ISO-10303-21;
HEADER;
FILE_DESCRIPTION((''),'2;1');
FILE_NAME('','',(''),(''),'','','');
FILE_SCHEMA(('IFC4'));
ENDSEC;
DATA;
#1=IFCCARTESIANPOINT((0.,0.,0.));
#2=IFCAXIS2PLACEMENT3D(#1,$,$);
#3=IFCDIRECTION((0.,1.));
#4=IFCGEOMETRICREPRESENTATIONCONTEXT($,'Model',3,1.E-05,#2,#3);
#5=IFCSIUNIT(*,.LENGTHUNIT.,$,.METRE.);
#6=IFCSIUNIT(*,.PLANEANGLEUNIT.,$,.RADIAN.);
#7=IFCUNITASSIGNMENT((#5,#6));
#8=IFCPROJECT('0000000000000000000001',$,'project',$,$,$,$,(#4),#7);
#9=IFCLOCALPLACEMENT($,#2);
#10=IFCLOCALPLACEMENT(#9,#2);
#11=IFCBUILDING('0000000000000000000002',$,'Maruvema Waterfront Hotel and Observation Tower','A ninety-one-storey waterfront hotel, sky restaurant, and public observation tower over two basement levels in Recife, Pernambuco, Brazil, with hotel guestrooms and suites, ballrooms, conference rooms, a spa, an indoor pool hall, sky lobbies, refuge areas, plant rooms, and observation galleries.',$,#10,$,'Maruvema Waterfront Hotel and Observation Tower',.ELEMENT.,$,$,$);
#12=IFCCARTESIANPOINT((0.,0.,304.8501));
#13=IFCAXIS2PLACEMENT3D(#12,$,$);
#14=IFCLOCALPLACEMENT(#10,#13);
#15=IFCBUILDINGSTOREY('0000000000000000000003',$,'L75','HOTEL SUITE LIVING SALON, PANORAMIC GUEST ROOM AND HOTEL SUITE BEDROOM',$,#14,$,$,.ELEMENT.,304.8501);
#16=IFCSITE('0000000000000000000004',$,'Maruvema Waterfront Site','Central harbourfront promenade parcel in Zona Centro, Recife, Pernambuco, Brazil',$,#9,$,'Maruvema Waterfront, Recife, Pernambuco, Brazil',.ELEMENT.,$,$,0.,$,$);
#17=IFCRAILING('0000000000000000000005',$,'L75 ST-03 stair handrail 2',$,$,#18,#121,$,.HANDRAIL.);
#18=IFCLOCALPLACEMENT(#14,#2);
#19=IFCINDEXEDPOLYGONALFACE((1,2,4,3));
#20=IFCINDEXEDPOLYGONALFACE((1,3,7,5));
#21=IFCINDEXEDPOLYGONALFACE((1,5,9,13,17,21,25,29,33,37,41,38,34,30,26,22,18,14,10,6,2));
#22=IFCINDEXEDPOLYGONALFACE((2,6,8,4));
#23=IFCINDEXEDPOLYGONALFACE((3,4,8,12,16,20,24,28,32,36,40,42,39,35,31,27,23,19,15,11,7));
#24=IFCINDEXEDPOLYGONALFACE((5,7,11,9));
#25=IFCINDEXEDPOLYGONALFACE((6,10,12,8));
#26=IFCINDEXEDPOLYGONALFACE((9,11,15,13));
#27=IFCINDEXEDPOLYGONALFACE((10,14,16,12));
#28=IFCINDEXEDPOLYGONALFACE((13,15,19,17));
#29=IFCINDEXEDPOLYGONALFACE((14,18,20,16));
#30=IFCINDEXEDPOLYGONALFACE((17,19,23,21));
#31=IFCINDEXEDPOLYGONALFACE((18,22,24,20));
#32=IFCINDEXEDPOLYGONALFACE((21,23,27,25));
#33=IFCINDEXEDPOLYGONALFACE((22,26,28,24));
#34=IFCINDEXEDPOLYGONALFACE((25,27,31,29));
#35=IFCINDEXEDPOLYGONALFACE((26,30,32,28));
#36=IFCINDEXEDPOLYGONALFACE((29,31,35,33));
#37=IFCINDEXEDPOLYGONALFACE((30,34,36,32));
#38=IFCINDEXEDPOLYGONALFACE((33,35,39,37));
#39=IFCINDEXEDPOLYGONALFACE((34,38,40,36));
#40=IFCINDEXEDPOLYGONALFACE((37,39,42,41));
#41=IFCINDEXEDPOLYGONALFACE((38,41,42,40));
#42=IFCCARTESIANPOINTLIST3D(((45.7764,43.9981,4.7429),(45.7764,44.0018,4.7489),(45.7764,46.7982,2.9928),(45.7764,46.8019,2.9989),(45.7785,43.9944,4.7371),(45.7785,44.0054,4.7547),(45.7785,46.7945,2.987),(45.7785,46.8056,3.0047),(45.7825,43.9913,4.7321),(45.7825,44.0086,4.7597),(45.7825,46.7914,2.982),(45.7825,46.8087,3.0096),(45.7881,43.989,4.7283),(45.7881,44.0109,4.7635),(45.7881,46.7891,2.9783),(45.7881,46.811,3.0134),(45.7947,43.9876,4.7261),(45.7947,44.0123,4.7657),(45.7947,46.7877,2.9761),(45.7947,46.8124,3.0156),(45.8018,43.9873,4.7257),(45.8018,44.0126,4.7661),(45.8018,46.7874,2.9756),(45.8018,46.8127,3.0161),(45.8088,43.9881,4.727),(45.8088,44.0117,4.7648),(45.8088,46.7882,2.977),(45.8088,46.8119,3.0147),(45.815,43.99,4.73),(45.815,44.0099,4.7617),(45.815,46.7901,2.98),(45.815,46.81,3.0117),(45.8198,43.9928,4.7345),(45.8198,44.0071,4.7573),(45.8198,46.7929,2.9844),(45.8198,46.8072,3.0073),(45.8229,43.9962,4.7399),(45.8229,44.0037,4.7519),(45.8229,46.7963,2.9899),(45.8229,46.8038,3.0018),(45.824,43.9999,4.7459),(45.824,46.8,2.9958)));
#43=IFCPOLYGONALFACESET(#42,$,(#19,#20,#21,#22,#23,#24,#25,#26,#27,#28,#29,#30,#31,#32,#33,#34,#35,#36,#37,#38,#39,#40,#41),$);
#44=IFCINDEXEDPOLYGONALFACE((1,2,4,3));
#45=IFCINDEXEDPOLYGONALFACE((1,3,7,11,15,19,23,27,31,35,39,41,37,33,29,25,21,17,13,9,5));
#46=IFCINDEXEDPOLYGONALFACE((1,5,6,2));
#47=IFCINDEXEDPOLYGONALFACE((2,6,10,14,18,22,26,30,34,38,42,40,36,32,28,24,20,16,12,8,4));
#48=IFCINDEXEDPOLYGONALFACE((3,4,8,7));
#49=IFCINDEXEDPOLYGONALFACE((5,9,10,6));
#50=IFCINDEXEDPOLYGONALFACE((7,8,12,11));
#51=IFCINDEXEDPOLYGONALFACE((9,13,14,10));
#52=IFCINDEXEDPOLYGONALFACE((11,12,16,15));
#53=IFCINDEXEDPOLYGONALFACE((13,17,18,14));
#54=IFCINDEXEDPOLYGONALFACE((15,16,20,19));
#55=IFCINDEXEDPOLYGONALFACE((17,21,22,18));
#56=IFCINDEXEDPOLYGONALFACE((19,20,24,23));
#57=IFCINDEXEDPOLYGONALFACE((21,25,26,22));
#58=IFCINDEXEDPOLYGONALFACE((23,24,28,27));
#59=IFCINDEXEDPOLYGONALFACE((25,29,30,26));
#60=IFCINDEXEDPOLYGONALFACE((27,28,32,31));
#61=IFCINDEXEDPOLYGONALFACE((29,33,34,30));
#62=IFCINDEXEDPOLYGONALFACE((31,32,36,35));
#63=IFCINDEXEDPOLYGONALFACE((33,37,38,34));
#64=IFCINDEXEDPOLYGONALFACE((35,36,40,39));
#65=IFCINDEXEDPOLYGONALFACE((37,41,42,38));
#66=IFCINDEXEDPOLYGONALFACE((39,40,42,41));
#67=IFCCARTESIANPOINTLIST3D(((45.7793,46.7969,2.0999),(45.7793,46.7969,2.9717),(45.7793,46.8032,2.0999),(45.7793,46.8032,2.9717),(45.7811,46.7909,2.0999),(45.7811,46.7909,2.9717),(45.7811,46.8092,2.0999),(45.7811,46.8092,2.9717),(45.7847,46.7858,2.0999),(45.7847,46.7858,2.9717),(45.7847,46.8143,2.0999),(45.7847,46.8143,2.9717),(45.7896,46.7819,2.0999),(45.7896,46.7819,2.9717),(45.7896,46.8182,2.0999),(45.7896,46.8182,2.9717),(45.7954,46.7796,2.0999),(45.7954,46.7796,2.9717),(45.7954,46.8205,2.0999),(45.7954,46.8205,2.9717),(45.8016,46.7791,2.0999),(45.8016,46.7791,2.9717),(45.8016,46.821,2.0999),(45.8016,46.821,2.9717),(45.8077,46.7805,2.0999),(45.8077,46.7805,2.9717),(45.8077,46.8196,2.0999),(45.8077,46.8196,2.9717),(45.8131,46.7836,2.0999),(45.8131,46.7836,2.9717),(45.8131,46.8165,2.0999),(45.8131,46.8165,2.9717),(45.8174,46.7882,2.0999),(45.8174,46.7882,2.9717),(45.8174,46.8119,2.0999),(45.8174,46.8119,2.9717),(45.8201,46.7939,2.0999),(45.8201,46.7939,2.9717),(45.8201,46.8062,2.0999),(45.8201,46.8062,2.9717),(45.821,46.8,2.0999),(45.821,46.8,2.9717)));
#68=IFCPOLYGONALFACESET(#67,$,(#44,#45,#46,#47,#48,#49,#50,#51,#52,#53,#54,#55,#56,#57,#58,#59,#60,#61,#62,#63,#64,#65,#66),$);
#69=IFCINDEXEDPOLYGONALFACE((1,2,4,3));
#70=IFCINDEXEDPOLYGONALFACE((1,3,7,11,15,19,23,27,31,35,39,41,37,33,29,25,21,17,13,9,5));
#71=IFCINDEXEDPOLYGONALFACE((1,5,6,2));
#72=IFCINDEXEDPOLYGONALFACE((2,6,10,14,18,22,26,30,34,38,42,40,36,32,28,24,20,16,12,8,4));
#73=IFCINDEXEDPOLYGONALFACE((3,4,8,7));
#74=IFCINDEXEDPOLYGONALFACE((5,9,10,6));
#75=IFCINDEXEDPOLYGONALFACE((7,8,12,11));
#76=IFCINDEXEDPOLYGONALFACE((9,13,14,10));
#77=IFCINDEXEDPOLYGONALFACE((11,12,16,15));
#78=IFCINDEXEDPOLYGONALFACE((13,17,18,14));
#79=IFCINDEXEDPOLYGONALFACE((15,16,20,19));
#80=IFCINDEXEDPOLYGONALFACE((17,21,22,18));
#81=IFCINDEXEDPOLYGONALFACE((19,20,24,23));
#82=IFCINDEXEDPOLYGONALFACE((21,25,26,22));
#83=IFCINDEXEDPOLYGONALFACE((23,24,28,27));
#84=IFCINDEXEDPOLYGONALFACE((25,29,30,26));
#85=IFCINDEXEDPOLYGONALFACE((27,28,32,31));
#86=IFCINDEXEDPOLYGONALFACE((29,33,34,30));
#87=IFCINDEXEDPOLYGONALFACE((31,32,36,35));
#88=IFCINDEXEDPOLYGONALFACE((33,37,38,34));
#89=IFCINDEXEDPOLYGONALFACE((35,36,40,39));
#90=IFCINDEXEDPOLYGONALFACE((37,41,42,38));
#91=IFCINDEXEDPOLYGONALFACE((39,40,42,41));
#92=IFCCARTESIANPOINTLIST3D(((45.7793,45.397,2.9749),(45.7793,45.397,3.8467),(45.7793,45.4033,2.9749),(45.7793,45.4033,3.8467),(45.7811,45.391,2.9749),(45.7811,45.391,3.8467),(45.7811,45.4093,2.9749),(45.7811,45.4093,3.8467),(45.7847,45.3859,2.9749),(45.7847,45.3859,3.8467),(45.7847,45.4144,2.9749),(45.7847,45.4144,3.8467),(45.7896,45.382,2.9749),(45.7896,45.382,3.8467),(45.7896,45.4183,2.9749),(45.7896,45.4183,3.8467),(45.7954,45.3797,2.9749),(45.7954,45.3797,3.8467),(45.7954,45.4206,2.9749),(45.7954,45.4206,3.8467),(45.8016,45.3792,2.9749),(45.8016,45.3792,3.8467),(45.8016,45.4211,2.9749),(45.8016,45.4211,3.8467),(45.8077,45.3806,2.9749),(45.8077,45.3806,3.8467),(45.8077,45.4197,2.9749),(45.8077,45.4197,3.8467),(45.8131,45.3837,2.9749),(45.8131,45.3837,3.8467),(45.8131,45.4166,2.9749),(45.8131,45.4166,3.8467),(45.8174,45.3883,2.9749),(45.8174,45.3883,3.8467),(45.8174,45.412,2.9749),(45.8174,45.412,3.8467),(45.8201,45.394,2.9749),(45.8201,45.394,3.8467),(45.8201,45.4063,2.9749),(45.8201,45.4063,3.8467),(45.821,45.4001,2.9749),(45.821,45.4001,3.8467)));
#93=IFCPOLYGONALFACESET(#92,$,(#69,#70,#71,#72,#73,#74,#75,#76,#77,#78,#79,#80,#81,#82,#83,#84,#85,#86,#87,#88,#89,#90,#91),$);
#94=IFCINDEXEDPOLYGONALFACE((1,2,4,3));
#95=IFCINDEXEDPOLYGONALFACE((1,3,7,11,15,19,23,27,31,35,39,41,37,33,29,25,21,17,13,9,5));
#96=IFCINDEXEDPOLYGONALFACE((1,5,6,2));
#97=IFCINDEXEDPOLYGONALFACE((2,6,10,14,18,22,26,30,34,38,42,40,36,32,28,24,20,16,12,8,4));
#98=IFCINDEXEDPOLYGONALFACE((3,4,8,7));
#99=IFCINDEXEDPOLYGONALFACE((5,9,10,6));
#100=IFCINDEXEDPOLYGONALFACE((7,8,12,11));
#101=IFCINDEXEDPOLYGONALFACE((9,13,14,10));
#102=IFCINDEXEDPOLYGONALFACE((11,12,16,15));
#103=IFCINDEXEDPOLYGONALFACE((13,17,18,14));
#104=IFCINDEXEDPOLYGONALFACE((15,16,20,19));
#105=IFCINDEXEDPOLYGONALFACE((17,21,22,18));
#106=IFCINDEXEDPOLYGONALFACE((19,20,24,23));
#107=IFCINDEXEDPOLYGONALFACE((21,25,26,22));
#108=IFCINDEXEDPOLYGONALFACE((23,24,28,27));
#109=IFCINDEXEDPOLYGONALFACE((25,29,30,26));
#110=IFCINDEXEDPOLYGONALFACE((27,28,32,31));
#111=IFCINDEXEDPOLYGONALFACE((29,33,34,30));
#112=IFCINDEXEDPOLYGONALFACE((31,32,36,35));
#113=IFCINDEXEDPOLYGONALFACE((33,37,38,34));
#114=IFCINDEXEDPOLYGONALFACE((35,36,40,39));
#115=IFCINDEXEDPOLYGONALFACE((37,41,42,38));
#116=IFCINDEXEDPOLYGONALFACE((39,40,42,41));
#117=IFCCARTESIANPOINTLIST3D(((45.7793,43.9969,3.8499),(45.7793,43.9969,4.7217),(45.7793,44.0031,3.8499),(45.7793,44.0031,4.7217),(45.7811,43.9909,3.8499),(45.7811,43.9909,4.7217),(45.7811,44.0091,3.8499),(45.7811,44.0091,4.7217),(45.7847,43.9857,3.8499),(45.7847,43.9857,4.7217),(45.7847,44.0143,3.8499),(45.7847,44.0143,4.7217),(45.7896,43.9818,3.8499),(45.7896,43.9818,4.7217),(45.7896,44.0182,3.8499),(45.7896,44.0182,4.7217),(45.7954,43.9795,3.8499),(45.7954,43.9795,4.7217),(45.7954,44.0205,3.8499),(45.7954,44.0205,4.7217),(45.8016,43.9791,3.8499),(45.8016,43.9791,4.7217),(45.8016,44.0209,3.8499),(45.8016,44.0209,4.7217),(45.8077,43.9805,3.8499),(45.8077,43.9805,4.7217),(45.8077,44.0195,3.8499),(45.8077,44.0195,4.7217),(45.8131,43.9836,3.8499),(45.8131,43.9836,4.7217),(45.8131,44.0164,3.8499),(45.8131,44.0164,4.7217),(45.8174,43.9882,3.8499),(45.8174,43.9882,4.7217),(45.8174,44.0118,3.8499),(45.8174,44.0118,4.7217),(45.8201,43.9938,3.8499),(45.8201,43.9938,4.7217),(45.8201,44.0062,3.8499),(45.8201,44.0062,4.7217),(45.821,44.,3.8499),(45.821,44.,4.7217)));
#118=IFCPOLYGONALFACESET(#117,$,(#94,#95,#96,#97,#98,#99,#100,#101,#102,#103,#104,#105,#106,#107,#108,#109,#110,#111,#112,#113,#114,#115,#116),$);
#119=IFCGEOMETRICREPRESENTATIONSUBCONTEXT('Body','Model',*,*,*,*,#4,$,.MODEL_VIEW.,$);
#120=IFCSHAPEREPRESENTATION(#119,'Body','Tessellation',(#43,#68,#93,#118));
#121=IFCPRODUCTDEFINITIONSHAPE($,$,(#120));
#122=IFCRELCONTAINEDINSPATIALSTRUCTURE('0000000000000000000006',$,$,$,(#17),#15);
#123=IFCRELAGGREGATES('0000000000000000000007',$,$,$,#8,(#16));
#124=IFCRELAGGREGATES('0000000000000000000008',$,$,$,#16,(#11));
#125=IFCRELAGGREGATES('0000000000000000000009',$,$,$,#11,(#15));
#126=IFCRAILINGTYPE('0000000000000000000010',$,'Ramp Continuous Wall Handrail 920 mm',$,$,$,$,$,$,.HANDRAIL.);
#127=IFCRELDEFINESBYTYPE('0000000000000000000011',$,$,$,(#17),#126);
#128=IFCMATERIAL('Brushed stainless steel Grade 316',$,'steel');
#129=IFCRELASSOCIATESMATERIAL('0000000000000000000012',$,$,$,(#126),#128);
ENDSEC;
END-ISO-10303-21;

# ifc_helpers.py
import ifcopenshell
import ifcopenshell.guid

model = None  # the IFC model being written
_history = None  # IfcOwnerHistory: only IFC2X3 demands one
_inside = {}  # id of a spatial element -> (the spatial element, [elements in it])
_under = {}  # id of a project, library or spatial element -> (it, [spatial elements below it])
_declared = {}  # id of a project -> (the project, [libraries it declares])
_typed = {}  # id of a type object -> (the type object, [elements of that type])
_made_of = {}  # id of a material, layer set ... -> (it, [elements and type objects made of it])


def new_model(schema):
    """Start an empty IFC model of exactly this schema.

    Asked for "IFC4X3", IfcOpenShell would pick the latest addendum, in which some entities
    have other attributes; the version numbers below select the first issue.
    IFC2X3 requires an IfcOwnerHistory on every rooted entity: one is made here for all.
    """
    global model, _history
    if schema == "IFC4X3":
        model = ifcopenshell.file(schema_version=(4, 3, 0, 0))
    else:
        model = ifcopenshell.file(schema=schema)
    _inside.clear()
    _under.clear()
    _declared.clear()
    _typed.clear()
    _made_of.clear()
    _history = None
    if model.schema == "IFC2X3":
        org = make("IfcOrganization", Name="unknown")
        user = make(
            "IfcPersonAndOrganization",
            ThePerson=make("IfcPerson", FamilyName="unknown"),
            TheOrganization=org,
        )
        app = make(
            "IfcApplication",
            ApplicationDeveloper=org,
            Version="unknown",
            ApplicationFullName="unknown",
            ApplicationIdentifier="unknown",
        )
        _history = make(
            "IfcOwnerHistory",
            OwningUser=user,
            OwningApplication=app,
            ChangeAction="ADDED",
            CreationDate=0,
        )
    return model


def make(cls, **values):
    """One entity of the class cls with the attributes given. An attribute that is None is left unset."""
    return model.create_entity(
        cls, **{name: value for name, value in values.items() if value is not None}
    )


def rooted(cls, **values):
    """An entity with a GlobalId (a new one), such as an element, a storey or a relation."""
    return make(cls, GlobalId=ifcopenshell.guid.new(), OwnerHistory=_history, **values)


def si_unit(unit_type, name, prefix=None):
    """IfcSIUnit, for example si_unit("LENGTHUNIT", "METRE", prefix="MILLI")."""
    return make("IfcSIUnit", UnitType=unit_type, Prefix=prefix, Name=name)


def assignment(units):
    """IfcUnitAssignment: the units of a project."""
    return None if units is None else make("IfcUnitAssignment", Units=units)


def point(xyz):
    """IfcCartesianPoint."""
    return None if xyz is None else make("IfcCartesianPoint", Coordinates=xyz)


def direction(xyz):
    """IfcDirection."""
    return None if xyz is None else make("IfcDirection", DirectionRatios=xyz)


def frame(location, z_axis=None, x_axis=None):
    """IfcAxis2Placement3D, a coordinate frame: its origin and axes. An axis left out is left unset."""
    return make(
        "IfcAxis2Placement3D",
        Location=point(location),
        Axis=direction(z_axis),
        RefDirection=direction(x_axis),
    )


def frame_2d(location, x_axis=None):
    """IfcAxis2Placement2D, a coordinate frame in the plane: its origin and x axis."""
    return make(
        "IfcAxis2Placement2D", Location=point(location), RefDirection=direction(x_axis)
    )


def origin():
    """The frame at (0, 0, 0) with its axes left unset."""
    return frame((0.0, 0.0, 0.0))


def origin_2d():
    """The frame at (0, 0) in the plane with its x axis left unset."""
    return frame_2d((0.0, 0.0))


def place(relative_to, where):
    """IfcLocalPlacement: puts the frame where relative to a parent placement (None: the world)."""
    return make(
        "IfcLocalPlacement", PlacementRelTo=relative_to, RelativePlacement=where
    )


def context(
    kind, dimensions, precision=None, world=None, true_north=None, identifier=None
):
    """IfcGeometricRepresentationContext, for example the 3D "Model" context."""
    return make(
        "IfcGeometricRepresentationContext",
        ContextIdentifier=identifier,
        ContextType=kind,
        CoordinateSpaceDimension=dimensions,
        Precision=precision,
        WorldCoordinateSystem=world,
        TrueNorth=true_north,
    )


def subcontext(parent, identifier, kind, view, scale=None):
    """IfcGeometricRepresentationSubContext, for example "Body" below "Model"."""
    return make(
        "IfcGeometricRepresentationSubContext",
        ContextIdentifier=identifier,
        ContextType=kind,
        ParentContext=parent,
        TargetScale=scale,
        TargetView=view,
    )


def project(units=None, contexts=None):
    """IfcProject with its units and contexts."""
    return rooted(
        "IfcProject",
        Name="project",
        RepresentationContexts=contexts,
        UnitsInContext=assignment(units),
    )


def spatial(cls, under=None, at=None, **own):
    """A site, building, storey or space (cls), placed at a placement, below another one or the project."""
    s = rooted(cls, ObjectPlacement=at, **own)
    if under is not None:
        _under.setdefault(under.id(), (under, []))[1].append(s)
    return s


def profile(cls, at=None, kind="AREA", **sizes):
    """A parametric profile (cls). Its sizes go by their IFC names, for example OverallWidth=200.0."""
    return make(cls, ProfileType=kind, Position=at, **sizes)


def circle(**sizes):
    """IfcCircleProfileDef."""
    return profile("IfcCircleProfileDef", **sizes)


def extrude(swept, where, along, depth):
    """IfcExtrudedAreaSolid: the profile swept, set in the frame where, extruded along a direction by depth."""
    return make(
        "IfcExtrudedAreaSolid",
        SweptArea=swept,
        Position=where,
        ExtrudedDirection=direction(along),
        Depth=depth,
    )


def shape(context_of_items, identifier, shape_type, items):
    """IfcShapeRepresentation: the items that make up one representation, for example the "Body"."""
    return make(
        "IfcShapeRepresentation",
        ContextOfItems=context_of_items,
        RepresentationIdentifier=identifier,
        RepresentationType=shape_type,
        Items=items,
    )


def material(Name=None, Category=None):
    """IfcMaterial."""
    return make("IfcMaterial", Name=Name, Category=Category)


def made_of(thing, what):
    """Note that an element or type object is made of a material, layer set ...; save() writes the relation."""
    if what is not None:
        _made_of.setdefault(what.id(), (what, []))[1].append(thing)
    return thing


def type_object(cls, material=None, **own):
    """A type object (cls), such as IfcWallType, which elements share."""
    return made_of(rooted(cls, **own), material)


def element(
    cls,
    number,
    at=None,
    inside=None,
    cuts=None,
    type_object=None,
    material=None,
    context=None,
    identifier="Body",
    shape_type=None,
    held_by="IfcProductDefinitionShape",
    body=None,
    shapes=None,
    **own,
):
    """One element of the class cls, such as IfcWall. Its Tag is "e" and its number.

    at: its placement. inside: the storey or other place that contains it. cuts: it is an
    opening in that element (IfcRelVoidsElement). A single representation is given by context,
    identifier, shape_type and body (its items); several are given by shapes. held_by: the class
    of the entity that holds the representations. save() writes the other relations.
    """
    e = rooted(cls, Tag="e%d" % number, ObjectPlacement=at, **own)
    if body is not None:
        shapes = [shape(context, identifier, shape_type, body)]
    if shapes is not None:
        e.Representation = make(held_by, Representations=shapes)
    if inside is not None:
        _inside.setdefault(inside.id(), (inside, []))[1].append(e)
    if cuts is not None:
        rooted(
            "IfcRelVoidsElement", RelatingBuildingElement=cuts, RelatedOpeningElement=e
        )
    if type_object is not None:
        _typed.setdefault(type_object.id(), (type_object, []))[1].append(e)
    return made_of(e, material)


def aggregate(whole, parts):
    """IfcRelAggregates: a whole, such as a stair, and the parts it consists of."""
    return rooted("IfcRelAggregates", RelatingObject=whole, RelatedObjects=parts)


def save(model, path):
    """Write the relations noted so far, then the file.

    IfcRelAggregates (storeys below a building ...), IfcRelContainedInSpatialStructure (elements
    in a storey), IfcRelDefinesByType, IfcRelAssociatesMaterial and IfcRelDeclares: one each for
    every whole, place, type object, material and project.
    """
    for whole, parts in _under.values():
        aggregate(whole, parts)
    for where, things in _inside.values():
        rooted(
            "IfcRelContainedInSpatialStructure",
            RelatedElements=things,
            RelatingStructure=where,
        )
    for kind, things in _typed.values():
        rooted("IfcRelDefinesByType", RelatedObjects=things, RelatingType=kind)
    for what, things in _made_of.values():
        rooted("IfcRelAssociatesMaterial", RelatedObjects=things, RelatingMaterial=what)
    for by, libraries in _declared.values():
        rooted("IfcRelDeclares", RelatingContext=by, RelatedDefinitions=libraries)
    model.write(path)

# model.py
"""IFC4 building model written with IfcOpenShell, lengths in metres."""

from ifc_helpers import new_model, si_unit, direction, frame, origin, origin_2d, place, context, subcontext, project, spatial, circle, extrude, material, type_object, element, save


model = new_model("IFC4")

# Units and contexts
model_context = context("Model", 3, precision=1e-05, world=origin(), true_north=direction((0.0, 1.0)))
body_context = subcontext(model_context, "Body", "Model", "MODEL_VIEW")
ifc_project = project(units=[si_unit("LENGTHUNIT", "METRE"), si_unit("PLANEANGLEUNIT", "RADIAN")], contexts=[model_context])

# Site, building, storey
site_placement = place(None, origin())
site = spatial("IfcSite", under=ifc_project, at=site_placement, Name="Maruvema Waterfront Site", Description="Central harbourfront promenade parcel in Zona Centro, Recife, Pernambuco, Brazil", LongName="Maruvema Waterfront, Recife, Pernambuco, Brazil", CompositionType="ELEMENT", RefElevation=0.0)
building_placement = place(site_placement, origin())
building = spatial("IfcBuilding", under=site, at=building_placement, Name="Maruvema Waterfront Hotel and Observation Tower", Description="A ninety-one-storey waterfront hotel, sky restaurant, and public observation tower over two basement levels in Recife, Pernambuco, Brazil, with hotel guestrooms and suites, ballrooms, conference rooms, a spa, an indoor pool hall, sky lobbies, refuge areas, plant rooms, and observation galleries.", LongName="Maruvema Waterfront Hotel and Observation Tower", CompositionType="ELEMENT")
storey_placement = place(building_placement, frame((0.0, 0.0, 304.8501)))
storey = spatial("IfcBuildingStorey", under=building, at=storey_placement, Name="L75", Description="HOTEL SUITE LIVING SALON, PANORAMIC GUEST ROOM AND HOTEL SUITE BEDROOM", CompositionType="ELEMENT", Elevation=304.8501)

# Railing
ifc_material_1 = material(Name="Brushed stainless steel Grade 316", Category="steel")
railing_type_1 = type_object("IfcRailingType", Name="Ramp Continuous Wall Handrail 920 mm", PredefinedType="HANDRAIL", material=ifc_material_1)
railing_1_placement = place(storey_placement, frame((45.8, 46.8, 2.0999)))
element("IfcRailing", 1, at=railing_1_placement, inside=storey, type_object=railing_type_1, Name="L75 ST-03 stair handrail 2", PredefinedType="HANDRAIL", context=body_context, shape_type="SweptSolid", body=[
    extrude(circle(Radius=0.0239, at=origin_2d()), frame((0.0, 0.0, 0.896), z_axis=(0.0, -0.848002, 0.529992), x_axis=(1.0, 0.0, 0.0)), (0.0, 0.0, 1.0), 3.302),
    extrude(circle(Radius=0.021, at=origin_2d()), origin(), (0.0, 0.0, 1.0), 0.8718),
    extrude(circle(Radius=0.021, at=origin_2d()), frame((0.0, -1.3999, 0.875)), (0.0, 0.0, 1.0), 0.8718),
    extrude(circle(Radius=0.021, at=origin_2d()), frame((0.0, -2.8, 1.75)), (0.0, 0.0, 1.0), 0.8718),
])

save(model, "model.ifc")
